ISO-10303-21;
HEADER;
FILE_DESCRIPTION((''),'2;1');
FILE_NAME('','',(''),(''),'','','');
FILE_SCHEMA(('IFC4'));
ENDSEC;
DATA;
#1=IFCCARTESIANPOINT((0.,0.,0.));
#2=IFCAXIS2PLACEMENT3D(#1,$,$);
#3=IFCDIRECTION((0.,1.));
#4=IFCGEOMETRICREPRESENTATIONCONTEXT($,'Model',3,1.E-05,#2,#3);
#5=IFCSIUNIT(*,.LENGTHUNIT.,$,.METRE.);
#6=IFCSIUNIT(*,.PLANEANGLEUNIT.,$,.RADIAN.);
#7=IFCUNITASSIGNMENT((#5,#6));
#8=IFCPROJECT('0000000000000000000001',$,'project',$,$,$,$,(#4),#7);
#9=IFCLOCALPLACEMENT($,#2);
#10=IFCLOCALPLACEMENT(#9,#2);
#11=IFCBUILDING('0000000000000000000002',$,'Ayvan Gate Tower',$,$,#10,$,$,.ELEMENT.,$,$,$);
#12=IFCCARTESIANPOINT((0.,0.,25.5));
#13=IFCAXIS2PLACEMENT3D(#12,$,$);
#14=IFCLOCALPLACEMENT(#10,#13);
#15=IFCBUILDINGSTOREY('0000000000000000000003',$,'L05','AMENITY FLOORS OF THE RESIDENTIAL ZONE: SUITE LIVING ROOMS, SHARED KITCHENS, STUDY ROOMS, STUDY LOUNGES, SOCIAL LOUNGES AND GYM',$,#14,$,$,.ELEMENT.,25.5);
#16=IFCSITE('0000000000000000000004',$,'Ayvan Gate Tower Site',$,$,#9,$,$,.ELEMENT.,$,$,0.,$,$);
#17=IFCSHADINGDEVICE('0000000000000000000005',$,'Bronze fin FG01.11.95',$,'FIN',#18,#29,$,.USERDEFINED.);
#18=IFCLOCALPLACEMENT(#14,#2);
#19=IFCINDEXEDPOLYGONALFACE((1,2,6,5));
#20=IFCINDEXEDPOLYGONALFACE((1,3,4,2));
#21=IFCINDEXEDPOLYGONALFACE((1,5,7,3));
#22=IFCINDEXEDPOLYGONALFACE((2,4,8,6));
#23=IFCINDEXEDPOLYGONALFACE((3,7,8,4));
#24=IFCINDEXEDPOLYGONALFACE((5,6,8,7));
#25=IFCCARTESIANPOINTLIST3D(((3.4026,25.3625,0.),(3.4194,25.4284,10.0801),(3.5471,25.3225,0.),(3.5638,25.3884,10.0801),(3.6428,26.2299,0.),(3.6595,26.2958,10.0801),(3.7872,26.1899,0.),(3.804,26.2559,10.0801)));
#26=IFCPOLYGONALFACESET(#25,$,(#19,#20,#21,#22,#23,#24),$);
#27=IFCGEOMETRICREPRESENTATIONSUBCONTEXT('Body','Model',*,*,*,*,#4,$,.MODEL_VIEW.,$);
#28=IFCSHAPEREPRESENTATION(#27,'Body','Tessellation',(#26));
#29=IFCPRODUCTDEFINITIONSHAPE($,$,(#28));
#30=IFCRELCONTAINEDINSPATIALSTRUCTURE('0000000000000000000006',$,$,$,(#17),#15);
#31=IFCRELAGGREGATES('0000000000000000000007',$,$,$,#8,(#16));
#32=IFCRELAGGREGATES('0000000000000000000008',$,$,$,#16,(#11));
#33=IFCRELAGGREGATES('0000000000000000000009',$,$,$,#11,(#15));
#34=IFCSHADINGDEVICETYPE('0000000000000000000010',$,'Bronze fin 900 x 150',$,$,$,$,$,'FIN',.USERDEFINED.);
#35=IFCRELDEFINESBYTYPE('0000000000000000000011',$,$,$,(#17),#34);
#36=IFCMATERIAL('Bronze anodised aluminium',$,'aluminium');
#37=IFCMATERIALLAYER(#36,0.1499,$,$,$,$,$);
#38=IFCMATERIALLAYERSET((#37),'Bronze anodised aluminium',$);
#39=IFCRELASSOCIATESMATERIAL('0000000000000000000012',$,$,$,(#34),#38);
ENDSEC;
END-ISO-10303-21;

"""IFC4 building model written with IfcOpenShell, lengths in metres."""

from ifc_helpers import new_model, si_unit, direction, frame, origin, place, context, subcontext, project, spatial, polyline, outline, extrude, material, layer, layer_set, type_object, element, save


model = new_model("IFC4")

# Units and contexts
model_context = context("Model", 3, precision=1e-05, world=origin(), true_north=direction((0.0, 1.0)))
body_context = subcontext(model_context, "Body", "Model", "MODEL_VIEW")
ifc_project = project(units=[si_unit("LENGTHUNIT", "METRE"), si_unit("PLANEANGLEUNIT", "RADIAN")], contexts=[model_context])

# Site, building, storey
site_placement = place(None, origin())
site = spatial("IfcSite", under=ifc_project, at=site_placement, Name="Ayvan Gate Tower Site", CompositionType="ELEMENT", RefElevation=0.0)
building_placement = place(site_placement, origin())
building = spatial("IfcBuilding", under=site, at=building_placement, Name="Ayvan Gate Tower", CompositionType="ELEMENT")
storey_placement = place(building_placement, frame((0.0, 0.0, 25.5)))
storey = spatial("IfcBuildingStorey", under=building, at=storey_placement, Name="L05", Description="AMENITY FLOORS OF THE RESIDENTIAL ZONE: SUITE LIVING ROOMS, SHARED KITCHENS, STUDY ROOMS, STUDY LOUNGES, SOCIAL LOUNGES AND GYM", CompositionType="ELEMENT", Elevation=25.5)

# Shared definitions
ifc_material_1 = material(Name="Bronze anodised aluminium", Category="aluminium")

# Shading device
ifc_layer_1 = layer(ifc_material_1, 0.1499)
ifc_layer_set_1 = layer_set([ifc_layer_1], Name="Bronze anodised aluminium")
shading_device_type = type_object("IfcShadingDeviceType", Name="Bronze fin 900 x 150", ElementType="FIN", PredefinedType="USERDEFINED", material=ifc_layer_set_1)
shading_device_1_placement = place(storey_placement, frame((3.5471, 25.3225, 0.0), z_axis=(0.963758, -0.266776, 0.000146), x_axis=(0.266776, 0.963758, 0.0)))
element("IfcShadingDevice", 1, at=shading_device_1_placement, inside=storey, type_object=shading_device_type, Name="Bronze fin FG01.11.95", ObjectType="FIN", PredefinedType="USERDEFINED", context=body_context, shape_type="SweptSolid", body=[
    extrude(outline(polyline([(0.0, 0.0), (0.9, 0.0), (0.968, 10.0801), (0.068, 10.0801), (0.0, 0.0)])), origin(), (0.0, 0.0, -1.0), 0.1499),
])

save(model, "model.ifc")
